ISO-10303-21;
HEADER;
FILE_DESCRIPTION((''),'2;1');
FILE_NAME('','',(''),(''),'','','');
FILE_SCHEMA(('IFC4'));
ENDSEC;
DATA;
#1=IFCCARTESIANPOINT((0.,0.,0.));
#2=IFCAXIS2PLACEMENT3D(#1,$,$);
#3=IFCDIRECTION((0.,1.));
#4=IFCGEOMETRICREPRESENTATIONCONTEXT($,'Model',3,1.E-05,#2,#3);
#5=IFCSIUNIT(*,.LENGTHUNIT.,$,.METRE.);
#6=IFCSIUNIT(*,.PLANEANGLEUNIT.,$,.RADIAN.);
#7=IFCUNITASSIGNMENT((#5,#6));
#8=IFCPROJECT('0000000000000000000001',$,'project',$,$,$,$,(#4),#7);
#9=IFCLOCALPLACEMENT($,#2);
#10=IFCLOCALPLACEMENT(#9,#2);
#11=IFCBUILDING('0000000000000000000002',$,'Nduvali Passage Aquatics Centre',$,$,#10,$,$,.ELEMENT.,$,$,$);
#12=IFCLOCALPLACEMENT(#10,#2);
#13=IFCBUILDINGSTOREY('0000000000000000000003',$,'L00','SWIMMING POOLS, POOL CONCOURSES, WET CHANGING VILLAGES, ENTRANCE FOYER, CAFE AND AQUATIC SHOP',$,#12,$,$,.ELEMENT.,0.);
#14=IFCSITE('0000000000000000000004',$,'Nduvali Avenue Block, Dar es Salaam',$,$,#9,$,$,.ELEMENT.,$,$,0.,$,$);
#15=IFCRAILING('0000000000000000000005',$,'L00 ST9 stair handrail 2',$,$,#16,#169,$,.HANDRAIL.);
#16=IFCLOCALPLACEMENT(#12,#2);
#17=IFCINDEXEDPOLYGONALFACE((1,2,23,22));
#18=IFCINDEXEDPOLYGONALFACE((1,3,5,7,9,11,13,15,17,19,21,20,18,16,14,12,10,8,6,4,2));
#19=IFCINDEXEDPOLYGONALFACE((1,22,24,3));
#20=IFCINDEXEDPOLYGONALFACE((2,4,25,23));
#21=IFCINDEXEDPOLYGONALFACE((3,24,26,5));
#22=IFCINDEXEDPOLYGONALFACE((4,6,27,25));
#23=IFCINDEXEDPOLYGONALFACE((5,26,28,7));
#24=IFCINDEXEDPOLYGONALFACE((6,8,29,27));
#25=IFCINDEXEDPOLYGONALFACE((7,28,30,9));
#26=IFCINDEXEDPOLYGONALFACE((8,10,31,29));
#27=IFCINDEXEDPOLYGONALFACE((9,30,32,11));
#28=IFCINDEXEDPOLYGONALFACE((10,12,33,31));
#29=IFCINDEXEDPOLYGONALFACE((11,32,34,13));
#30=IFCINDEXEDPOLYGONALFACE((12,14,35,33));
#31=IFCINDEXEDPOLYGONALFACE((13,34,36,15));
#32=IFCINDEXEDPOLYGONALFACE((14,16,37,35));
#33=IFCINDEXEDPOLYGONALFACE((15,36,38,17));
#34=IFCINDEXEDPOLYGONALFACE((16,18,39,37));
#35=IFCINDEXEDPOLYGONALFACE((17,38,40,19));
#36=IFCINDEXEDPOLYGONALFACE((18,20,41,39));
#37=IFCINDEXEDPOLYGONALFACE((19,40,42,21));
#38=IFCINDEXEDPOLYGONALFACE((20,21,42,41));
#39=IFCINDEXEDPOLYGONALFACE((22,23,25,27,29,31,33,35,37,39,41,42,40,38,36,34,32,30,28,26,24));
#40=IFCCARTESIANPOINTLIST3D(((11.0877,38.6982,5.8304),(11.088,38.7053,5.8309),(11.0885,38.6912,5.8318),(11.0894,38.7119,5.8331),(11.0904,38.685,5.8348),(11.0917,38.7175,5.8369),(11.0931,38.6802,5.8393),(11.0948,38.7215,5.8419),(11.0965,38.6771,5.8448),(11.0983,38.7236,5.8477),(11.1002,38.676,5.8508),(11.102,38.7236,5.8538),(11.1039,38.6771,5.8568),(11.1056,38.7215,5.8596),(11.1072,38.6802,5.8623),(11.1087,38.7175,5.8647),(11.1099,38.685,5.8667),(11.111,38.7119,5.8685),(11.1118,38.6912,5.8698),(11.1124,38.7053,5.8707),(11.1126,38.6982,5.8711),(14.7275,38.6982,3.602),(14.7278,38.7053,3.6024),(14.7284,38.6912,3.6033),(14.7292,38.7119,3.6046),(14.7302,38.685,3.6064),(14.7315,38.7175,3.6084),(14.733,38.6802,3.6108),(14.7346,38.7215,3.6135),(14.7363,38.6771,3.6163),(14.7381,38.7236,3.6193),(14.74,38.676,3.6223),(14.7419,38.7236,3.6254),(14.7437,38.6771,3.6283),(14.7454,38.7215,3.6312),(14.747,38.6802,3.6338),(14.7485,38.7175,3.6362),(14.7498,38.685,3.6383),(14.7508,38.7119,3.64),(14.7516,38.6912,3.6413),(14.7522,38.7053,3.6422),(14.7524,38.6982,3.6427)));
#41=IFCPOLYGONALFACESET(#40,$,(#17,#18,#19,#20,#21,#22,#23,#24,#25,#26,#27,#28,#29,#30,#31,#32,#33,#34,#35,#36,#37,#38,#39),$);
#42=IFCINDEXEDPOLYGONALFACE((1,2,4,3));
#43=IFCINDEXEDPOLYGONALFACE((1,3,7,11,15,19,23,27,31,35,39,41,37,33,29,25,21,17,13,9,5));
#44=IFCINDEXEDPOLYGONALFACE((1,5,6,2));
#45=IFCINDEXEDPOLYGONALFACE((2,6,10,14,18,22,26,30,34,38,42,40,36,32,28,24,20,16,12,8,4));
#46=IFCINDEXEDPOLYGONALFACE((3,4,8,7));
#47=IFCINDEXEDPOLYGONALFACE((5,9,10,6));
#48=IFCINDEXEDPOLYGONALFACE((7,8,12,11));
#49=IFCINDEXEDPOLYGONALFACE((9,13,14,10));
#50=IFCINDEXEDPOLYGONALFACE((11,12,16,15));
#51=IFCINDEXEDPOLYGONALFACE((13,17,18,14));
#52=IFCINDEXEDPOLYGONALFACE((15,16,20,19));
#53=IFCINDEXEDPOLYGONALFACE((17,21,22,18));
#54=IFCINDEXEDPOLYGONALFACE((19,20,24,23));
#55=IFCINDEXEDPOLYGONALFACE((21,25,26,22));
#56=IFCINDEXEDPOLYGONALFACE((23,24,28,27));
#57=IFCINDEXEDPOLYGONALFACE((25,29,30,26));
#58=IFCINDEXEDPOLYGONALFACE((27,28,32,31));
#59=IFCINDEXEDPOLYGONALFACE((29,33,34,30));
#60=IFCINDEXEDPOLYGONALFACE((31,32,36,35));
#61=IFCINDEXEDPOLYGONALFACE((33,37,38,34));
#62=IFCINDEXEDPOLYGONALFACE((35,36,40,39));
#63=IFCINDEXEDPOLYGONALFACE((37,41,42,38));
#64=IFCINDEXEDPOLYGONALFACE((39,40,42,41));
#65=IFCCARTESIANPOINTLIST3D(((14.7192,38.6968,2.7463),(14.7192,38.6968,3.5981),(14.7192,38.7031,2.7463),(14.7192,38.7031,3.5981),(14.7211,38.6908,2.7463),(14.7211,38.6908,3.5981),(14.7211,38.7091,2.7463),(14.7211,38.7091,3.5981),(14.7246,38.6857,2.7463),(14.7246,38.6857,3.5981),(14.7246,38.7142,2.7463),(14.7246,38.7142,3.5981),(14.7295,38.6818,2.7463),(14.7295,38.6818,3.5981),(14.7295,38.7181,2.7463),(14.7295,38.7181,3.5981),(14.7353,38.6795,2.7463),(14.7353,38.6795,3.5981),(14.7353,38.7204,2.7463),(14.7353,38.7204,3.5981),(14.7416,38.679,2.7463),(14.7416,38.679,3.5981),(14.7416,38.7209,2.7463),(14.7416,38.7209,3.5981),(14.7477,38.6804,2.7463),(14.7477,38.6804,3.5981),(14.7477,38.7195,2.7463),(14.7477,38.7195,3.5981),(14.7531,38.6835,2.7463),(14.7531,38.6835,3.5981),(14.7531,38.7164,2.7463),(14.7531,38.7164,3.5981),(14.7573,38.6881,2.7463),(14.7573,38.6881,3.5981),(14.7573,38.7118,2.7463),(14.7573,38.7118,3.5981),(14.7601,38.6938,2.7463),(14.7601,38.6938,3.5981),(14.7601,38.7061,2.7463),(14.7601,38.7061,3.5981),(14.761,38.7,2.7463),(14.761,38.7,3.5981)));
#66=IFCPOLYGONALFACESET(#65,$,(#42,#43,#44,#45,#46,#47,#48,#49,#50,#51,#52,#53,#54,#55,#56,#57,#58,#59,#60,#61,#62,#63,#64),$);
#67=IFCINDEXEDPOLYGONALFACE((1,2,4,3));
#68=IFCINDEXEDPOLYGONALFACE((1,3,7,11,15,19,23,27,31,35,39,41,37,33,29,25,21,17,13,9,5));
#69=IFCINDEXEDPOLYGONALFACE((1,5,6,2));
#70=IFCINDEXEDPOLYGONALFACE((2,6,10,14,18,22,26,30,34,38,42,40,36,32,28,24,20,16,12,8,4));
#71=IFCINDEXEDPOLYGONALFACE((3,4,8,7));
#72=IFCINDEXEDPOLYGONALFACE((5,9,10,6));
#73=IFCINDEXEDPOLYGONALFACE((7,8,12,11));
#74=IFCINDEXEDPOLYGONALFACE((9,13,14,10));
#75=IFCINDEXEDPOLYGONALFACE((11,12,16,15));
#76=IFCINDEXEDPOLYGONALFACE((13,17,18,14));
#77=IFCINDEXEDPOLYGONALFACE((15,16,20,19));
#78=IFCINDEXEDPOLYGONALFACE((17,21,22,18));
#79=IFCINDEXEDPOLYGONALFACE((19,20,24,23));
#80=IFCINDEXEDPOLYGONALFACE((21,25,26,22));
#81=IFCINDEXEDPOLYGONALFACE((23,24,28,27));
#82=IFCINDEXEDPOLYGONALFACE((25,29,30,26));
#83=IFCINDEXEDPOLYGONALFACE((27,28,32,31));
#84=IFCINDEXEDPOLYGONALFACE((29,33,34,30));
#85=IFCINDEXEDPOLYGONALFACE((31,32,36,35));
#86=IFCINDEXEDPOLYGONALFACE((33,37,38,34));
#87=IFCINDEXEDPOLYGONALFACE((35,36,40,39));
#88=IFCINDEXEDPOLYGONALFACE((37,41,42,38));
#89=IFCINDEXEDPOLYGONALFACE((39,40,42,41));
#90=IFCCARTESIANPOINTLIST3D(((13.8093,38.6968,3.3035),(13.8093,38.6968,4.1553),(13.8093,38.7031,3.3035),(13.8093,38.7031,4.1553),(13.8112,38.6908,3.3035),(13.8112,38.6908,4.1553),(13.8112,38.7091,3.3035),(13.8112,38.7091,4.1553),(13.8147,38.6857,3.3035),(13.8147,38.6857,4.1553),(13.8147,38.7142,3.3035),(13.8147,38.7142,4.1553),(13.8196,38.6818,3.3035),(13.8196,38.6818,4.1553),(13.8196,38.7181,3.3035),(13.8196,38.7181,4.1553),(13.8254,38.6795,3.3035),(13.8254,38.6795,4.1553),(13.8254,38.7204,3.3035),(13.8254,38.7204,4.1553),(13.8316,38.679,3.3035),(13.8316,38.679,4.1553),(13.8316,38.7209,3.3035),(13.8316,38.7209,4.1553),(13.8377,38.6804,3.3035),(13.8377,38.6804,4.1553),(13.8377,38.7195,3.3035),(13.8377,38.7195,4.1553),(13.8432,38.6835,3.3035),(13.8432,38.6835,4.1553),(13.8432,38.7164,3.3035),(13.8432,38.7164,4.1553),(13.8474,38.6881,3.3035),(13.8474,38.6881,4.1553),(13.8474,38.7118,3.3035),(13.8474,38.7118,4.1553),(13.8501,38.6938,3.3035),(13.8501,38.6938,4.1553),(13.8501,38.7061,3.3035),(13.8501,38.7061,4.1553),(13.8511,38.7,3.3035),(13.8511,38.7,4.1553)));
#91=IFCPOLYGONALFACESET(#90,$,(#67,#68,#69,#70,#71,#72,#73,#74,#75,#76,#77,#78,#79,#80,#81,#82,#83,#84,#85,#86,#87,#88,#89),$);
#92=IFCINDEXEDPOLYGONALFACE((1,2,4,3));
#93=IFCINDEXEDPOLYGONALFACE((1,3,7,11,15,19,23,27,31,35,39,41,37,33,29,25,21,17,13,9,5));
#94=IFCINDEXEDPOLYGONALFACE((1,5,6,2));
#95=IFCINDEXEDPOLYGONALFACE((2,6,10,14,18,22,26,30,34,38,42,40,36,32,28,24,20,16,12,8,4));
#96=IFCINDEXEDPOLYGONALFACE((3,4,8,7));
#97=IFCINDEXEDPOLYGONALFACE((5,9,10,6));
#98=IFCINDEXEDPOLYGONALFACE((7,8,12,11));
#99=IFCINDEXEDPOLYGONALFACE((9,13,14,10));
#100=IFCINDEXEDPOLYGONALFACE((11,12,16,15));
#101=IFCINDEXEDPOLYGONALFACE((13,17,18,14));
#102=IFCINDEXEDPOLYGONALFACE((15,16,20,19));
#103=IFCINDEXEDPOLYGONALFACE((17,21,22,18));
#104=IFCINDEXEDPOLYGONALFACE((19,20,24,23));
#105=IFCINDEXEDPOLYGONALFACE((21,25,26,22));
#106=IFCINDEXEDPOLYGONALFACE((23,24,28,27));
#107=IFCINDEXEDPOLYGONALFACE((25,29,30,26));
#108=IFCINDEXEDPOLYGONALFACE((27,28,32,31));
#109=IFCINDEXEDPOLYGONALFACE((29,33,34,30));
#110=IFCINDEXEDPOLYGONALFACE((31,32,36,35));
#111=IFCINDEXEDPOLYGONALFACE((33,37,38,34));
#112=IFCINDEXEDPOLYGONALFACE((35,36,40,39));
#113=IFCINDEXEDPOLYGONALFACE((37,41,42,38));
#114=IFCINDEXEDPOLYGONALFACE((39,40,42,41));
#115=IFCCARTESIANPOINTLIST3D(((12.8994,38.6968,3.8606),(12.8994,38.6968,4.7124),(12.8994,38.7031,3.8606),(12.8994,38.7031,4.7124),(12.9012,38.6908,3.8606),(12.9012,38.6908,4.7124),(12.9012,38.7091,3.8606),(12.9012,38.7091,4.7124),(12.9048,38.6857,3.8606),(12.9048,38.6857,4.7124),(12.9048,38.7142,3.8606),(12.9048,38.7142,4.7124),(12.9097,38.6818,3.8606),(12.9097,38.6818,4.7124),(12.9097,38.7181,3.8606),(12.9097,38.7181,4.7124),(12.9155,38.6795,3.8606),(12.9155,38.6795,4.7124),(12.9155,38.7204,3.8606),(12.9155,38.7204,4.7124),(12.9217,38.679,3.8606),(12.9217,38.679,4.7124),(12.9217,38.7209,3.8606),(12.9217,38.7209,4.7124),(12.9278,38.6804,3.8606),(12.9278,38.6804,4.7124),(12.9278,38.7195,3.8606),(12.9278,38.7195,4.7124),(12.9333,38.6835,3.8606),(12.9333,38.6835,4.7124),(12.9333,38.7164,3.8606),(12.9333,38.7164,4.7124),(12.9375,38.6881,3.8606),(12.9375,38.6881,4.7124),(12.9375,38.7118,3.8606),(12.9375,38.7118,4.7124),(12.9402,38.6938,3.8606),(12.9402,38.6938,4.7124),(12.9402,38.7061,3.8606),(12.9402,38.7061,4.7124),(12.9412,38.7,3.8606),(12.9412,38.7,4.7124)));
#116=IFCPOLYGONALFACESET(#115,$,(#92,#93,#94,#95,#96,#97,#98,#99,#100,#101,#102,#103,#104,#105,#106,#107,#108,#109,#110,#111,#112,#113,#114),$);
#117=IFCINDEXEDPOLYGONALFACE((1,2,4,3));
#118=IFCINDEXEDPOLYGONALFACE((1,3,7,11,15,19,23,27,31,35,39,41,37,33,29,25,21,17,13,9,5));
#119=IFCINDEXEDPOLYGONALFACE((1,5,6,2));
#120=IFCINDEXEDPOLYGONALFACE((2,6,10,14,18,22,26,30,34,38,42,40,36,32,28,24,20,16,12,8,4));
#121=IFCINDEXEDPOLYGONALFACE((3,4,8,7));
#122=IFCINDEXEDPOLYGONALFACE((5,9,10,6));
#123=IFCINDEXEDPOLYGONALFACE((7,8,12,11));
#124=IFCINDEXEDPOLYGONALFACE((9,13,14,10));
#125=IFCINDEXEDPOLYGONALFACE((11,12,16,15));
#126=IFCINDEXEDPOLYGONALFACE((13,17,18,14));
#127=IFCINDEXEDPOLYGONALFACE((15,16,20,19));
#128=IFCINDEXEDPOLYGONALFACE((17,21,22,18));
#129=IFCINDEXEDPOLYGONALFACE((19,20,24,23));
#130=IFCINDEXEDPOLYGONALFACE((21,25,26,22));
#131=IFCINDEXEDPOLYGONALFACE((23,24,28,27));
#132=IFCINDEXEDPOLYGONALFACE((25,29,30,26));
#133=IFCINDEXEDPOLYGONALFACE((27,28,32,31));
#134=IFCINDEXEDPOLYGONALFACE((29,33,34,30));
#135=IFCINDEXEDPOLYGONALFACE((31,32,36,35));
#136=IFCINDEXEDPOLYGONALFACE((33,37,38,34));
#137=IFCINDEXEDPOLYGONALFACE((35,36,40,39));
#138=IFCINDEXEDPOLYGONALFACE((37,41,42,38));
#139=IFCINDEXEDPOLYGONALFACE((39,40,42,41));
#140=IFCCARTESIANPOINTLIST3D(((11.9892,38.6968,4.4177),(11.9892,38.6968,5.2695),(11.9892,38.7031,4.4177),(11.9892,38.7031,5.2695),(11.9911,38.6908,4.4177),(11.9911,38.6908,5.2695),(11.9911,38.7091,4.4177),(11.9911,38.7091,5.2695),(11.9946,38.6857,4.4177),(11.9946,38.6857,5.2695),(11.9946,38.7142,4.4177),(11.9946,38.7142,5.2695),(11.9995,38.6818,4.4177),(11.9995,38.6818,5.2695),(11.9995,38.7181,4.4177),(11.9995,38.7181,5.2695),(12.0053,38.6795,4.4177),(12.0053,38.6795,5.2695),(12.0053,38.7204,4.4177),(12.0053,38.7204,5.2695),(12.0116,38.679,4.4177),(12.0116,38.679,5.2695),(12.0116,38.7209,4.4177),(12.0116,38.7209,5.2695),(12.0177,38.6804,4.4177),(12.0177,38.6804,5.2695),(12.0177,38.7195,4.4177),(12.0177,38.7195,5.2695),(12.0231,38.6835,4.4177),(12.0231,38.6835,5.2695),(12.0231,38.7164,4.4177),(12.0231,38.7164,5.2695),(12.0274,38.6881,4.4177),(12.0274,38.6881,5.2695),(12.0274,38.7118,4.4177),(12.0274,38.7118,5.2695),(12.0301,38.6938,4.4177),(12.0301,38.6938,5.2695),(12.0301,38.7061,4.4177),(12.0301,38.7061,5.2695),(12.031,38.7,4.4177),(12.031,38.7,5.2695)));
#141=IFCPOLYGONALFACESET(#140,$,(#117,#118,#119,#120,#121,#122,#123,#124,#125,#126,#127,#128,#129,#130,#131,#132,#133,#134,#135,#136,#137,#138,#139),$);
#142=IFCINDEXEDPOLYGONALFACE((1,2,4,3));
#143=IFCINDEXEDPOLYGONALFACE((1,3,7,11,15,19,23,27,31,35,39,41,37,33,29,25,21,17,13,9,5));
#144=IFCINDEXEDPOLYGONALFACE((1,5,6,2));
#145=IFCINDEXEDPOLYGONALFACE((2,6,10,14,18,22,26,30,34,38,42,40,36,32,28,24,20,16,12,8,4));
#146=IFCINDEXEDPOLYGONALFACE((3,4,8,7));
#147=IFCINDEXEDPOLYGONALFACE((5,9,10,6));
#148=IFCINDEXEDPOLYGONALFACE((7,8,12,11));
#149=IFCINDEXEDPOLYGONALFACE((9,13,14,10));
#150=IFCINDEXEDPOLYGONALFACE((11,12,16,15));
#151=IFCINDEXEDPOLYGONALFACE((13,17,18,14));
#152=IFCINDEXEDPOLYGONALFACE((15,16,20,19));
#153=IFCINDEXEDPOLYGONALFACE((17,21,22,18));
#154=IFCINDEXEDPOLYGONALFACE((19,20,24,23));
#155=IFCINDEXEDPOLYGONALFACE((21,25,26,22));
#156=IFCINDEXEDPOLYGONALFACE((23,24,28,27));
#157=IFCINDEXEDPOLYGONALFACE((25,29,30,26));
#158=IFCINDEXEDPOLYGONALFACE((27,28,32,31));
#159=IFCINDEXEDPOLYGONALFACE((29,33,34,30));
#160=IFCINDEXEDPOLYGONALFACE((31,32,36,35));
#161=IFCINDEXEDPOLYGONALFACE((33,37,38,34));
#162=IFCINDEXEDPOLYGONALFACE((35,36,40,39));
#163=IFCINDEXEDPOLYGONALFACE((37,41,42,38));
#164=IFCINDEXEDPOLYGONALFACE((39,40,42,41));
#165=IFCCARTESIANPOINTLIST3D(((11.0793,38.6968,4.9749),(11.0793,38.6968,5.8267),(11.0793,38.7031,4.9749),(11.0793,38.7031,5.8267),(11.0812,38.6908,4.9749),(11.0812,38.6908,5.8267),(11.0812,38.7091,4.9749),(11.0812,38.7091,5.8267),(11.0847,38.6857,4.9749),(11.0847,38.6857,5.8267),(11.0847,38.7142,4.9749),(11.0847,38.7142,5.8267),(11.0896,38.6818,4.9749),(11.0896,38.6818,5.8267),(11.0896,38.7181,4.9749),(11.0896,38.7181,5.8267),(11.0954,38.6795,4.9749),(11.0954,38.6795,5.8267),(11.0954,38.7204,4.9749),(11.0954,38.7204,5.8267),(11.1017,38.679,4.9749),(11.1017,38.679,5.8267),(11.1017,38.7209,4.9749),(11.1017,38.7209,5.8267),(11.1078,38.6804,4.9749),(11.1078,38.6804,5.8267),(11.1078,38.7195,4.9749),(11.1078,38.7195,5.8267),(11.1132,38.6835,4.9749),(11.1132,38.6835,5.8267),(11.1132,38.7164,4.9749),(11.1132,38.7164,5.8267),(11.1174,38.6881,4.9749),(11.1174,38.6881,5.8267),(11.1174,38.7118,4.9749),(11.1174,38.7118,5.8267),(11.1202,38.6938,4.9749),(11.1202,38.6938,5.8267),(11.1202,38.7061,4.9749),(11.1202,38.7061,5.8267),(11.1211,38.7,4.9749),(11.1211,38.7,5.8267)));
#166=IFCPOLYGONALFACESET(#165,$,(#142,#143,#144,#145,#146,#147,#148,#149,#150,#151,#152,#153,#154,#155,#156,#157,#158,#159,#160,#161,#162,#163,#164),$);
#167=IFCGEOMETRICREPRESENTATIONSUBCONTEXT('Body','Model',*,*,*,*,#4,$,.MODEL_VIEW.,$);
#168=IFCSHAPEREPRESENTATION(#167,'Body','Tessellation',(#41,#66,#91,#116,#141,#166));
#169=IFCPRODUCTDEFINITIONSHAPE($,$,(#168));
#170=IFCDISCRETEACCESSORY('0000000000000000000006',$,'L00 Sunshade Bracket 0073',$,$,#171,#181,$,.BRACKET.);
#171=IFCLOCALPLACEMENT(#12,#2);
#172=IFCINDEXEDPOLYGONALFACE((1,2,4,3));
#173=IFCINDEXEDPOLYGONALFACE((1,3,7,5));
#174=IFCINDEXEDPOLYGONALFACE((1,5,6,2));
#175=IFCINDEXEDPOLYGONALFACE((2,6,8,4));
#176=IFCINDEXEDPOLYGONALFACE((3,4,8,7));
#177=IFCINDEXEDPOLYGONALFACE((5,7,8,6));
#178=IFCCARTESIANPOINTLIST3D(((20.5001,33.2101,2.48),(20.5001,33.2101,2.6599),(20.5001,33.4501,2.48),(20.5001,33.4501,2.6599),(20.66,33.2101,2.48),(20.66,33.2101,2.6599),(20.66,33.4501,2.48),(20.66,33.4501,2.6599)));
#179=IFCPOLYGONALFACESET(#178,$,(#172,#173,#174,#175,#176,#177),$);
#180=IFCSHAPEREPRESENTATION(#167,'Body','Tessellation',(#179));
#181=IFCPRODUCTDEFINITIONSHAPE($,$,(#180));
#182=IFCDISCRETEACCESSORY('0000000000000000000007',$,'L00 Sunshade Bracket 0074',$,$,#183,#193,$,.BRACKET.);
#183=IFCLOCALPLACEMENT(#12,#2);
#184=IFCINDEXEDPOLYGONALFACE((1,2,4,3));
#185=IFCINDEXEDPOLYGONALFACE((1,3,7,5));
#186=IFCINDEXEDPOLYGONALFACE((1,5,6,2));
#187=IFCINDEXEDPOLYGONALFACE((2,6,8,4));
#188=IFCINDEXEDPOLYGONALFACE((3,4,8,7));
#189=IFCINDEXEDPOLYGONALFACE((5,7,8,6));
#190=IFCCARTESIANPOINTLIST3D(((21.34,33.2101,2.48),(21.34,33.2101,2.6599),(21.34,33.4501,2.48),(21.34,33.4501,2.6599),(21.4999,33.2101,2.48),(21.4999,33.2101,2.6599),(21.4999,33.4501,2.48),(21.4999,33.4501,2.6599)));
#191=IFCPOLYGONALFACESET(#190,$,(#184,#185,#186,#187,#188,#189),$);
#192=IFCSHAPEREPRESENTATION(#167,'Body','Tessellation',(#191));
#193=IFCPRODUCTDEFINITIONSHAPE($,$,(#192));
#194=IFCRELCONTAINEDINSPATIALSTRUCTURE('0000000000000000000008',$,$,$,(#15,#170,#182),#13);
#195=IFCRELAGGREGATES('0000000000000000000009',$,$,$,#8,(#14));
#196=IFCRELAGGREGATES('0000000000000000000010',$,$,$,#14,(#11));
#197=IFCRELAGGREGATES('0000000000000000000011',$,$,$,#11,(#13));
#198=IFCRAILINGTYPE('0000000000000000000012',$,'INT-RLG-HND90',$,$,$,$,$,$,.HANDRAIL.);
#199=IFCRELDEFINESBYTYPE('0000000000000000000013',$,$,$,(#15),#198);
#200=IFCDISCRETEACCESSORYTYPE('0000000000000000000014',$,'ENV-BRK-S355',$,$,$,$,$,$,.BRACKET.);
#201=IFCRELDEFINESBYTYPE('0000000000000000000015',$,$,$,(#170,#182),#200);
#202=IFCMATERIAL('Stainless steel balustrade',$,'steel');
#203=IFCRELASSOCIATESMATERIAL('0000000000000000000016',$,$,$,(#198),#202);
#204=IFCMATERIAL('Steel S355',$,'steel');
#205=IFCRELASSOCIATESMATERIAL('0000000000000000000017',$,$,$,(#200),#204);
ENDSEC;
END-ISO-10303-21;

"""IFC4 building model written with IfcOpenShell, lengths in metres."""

from ifc_helpers import new_model, si_unit, direction, frame, origin, origin_2d, place, context, subcontext, project, spatial, rectangle, circle, extrude, material, type_object, element, save


model = new_model("IFC4")

# Units and contexts
model_context = context("Model", 3, precision=1e-05, world=origin(), true_north=direction((0.0, 1.0)))
body_context = subcontext(model_context, "Body", "Model", "MODEL_VIEW")
ifc_project = project(units=[si_unit("LENGTHUNIT", "METRE"), si_unit("PLANEANGLEUNIT", "RADIAN")], contexts=[model_context])

# Site, building, storey
site_placement = place(None, origin())
site = spatial("IfcSite", under=ifc_project, at=site_placement, Name="Nduvali Avenue Block, Dar es Salaam", CompositionType="ELEMENT", RefElevation=0.0)
building_placement = place(site_placement, origin())
building = spatial("IfcBuilding", under=site, at=building_placement, Name="Nduvali Passage Aquatics Centre", CompositionType="ELEMENT")
storey_placement = place(building_placement, origin())
storey = spatial("IfcBuildingStorey", under=building, at=storey_placement, Name="L00", Description="SWIMMING POOLS, POOL CONCOURSES, WET CHANGING VILLAGES, ENTRANCE FOYER, CAFE AND AQUATIC SHOP", CompositionType="ELEMENT", Elevation=0.0)

# Shared definitions
ifc_material_1 = material(Name="Steel S355", Category="steel")

# Railing
ifc_material_2 = material(Name="Stainless steel balustrade", Category="steel")
railing_type_1 = type_object("IfcRailingType", Name="INT-RLG-HND90", PredefinedType="HANDRAIL", material=ifc_material_2)
railing_1_placement = place(storey_placement, frame((14.74, 38.7, 2.7463)))
element("IfcRailing", 1, at=railing_1_placement, inside=storey, type_object=railing_type_1, Name="L00 ST9 stair handrail 2", PredefinedType="HANDRAIL", context=body_context, shape_type="SweptSolid", body=[
    extrude(circle(Radius=0.0239, at=origin_2d()), frame((0.0, 0.0, 0.876), z_axis=(-0.85285, 0.0, 0.522156), x_axis=(0.0, -1.0, 0.0)), (0.0, 0.0, 1.0), 4.2678),
    extrude(circle(Radius=0.021, at=origin_2d()), origin(), (0.0, 0.0, 1.0), 0.8518),
    extrude(circle(Radius=0.021, at=origin_2d()), frame((-0.9099, 0.0, 0.5571)), (0.0, 0.0, 1.0), 0.8518),
    extrude(circle(Radius=0.021, at=origin_2d()), frame((-1.8198, 0.0, 1.1143)), (0.0, 0.0, 1.0), 0.8518),
    extrude(circle(Radius=0.021, at=origin_2d()), frame((-2.73, 0.0, 1.6714)), (0.0, 0.0, 1.0), 0.8518),
    extrude(circle(Radius=0.021, at=origin_2d()), frame((-3.6399, 0.0, 2.2285)), (0.0, 0.0, 1.0), 0.8518),
])

# Discrete accessories
discrete_accessory_type = type_object("IfcDiscreteAccessoryType", Name="ENV-BRK-S355", PredefinedType="BRACKET", material=ifc_material_1)
for number, where, z_axis, x_axis, name in (
    (2, (20.5801, 33.3301, 2.48), (0.0, 0.0, 1.0), (1.0, 0.0, 0.0), "L00 Sunshade Bracket 0073"),
    (3, (21.4199, 33.3301, 2.48), (0.0, 0.0, 1.0), (1.0, 0.0, 0.0), "L00 Sunshade Bracket 0074"),
):
    element("IfcDiscreteAccessory", number, at=place(storey_placement, frame(where, z_axis=z_axis, x_axis=x_axis)), inside=storey, type_object=discrete_accessory_type, Name=name, PredefinedType="BRACKET", context=body_context, shape_type="SweptSolid", body=[
        extrude(rectangle(XDim=0.1599, YDim=0.24, at=origin_2d()), origin(), (0.0, 0.0, 1.0), 0.1799),
    ])

save(model, "model.ifc")
